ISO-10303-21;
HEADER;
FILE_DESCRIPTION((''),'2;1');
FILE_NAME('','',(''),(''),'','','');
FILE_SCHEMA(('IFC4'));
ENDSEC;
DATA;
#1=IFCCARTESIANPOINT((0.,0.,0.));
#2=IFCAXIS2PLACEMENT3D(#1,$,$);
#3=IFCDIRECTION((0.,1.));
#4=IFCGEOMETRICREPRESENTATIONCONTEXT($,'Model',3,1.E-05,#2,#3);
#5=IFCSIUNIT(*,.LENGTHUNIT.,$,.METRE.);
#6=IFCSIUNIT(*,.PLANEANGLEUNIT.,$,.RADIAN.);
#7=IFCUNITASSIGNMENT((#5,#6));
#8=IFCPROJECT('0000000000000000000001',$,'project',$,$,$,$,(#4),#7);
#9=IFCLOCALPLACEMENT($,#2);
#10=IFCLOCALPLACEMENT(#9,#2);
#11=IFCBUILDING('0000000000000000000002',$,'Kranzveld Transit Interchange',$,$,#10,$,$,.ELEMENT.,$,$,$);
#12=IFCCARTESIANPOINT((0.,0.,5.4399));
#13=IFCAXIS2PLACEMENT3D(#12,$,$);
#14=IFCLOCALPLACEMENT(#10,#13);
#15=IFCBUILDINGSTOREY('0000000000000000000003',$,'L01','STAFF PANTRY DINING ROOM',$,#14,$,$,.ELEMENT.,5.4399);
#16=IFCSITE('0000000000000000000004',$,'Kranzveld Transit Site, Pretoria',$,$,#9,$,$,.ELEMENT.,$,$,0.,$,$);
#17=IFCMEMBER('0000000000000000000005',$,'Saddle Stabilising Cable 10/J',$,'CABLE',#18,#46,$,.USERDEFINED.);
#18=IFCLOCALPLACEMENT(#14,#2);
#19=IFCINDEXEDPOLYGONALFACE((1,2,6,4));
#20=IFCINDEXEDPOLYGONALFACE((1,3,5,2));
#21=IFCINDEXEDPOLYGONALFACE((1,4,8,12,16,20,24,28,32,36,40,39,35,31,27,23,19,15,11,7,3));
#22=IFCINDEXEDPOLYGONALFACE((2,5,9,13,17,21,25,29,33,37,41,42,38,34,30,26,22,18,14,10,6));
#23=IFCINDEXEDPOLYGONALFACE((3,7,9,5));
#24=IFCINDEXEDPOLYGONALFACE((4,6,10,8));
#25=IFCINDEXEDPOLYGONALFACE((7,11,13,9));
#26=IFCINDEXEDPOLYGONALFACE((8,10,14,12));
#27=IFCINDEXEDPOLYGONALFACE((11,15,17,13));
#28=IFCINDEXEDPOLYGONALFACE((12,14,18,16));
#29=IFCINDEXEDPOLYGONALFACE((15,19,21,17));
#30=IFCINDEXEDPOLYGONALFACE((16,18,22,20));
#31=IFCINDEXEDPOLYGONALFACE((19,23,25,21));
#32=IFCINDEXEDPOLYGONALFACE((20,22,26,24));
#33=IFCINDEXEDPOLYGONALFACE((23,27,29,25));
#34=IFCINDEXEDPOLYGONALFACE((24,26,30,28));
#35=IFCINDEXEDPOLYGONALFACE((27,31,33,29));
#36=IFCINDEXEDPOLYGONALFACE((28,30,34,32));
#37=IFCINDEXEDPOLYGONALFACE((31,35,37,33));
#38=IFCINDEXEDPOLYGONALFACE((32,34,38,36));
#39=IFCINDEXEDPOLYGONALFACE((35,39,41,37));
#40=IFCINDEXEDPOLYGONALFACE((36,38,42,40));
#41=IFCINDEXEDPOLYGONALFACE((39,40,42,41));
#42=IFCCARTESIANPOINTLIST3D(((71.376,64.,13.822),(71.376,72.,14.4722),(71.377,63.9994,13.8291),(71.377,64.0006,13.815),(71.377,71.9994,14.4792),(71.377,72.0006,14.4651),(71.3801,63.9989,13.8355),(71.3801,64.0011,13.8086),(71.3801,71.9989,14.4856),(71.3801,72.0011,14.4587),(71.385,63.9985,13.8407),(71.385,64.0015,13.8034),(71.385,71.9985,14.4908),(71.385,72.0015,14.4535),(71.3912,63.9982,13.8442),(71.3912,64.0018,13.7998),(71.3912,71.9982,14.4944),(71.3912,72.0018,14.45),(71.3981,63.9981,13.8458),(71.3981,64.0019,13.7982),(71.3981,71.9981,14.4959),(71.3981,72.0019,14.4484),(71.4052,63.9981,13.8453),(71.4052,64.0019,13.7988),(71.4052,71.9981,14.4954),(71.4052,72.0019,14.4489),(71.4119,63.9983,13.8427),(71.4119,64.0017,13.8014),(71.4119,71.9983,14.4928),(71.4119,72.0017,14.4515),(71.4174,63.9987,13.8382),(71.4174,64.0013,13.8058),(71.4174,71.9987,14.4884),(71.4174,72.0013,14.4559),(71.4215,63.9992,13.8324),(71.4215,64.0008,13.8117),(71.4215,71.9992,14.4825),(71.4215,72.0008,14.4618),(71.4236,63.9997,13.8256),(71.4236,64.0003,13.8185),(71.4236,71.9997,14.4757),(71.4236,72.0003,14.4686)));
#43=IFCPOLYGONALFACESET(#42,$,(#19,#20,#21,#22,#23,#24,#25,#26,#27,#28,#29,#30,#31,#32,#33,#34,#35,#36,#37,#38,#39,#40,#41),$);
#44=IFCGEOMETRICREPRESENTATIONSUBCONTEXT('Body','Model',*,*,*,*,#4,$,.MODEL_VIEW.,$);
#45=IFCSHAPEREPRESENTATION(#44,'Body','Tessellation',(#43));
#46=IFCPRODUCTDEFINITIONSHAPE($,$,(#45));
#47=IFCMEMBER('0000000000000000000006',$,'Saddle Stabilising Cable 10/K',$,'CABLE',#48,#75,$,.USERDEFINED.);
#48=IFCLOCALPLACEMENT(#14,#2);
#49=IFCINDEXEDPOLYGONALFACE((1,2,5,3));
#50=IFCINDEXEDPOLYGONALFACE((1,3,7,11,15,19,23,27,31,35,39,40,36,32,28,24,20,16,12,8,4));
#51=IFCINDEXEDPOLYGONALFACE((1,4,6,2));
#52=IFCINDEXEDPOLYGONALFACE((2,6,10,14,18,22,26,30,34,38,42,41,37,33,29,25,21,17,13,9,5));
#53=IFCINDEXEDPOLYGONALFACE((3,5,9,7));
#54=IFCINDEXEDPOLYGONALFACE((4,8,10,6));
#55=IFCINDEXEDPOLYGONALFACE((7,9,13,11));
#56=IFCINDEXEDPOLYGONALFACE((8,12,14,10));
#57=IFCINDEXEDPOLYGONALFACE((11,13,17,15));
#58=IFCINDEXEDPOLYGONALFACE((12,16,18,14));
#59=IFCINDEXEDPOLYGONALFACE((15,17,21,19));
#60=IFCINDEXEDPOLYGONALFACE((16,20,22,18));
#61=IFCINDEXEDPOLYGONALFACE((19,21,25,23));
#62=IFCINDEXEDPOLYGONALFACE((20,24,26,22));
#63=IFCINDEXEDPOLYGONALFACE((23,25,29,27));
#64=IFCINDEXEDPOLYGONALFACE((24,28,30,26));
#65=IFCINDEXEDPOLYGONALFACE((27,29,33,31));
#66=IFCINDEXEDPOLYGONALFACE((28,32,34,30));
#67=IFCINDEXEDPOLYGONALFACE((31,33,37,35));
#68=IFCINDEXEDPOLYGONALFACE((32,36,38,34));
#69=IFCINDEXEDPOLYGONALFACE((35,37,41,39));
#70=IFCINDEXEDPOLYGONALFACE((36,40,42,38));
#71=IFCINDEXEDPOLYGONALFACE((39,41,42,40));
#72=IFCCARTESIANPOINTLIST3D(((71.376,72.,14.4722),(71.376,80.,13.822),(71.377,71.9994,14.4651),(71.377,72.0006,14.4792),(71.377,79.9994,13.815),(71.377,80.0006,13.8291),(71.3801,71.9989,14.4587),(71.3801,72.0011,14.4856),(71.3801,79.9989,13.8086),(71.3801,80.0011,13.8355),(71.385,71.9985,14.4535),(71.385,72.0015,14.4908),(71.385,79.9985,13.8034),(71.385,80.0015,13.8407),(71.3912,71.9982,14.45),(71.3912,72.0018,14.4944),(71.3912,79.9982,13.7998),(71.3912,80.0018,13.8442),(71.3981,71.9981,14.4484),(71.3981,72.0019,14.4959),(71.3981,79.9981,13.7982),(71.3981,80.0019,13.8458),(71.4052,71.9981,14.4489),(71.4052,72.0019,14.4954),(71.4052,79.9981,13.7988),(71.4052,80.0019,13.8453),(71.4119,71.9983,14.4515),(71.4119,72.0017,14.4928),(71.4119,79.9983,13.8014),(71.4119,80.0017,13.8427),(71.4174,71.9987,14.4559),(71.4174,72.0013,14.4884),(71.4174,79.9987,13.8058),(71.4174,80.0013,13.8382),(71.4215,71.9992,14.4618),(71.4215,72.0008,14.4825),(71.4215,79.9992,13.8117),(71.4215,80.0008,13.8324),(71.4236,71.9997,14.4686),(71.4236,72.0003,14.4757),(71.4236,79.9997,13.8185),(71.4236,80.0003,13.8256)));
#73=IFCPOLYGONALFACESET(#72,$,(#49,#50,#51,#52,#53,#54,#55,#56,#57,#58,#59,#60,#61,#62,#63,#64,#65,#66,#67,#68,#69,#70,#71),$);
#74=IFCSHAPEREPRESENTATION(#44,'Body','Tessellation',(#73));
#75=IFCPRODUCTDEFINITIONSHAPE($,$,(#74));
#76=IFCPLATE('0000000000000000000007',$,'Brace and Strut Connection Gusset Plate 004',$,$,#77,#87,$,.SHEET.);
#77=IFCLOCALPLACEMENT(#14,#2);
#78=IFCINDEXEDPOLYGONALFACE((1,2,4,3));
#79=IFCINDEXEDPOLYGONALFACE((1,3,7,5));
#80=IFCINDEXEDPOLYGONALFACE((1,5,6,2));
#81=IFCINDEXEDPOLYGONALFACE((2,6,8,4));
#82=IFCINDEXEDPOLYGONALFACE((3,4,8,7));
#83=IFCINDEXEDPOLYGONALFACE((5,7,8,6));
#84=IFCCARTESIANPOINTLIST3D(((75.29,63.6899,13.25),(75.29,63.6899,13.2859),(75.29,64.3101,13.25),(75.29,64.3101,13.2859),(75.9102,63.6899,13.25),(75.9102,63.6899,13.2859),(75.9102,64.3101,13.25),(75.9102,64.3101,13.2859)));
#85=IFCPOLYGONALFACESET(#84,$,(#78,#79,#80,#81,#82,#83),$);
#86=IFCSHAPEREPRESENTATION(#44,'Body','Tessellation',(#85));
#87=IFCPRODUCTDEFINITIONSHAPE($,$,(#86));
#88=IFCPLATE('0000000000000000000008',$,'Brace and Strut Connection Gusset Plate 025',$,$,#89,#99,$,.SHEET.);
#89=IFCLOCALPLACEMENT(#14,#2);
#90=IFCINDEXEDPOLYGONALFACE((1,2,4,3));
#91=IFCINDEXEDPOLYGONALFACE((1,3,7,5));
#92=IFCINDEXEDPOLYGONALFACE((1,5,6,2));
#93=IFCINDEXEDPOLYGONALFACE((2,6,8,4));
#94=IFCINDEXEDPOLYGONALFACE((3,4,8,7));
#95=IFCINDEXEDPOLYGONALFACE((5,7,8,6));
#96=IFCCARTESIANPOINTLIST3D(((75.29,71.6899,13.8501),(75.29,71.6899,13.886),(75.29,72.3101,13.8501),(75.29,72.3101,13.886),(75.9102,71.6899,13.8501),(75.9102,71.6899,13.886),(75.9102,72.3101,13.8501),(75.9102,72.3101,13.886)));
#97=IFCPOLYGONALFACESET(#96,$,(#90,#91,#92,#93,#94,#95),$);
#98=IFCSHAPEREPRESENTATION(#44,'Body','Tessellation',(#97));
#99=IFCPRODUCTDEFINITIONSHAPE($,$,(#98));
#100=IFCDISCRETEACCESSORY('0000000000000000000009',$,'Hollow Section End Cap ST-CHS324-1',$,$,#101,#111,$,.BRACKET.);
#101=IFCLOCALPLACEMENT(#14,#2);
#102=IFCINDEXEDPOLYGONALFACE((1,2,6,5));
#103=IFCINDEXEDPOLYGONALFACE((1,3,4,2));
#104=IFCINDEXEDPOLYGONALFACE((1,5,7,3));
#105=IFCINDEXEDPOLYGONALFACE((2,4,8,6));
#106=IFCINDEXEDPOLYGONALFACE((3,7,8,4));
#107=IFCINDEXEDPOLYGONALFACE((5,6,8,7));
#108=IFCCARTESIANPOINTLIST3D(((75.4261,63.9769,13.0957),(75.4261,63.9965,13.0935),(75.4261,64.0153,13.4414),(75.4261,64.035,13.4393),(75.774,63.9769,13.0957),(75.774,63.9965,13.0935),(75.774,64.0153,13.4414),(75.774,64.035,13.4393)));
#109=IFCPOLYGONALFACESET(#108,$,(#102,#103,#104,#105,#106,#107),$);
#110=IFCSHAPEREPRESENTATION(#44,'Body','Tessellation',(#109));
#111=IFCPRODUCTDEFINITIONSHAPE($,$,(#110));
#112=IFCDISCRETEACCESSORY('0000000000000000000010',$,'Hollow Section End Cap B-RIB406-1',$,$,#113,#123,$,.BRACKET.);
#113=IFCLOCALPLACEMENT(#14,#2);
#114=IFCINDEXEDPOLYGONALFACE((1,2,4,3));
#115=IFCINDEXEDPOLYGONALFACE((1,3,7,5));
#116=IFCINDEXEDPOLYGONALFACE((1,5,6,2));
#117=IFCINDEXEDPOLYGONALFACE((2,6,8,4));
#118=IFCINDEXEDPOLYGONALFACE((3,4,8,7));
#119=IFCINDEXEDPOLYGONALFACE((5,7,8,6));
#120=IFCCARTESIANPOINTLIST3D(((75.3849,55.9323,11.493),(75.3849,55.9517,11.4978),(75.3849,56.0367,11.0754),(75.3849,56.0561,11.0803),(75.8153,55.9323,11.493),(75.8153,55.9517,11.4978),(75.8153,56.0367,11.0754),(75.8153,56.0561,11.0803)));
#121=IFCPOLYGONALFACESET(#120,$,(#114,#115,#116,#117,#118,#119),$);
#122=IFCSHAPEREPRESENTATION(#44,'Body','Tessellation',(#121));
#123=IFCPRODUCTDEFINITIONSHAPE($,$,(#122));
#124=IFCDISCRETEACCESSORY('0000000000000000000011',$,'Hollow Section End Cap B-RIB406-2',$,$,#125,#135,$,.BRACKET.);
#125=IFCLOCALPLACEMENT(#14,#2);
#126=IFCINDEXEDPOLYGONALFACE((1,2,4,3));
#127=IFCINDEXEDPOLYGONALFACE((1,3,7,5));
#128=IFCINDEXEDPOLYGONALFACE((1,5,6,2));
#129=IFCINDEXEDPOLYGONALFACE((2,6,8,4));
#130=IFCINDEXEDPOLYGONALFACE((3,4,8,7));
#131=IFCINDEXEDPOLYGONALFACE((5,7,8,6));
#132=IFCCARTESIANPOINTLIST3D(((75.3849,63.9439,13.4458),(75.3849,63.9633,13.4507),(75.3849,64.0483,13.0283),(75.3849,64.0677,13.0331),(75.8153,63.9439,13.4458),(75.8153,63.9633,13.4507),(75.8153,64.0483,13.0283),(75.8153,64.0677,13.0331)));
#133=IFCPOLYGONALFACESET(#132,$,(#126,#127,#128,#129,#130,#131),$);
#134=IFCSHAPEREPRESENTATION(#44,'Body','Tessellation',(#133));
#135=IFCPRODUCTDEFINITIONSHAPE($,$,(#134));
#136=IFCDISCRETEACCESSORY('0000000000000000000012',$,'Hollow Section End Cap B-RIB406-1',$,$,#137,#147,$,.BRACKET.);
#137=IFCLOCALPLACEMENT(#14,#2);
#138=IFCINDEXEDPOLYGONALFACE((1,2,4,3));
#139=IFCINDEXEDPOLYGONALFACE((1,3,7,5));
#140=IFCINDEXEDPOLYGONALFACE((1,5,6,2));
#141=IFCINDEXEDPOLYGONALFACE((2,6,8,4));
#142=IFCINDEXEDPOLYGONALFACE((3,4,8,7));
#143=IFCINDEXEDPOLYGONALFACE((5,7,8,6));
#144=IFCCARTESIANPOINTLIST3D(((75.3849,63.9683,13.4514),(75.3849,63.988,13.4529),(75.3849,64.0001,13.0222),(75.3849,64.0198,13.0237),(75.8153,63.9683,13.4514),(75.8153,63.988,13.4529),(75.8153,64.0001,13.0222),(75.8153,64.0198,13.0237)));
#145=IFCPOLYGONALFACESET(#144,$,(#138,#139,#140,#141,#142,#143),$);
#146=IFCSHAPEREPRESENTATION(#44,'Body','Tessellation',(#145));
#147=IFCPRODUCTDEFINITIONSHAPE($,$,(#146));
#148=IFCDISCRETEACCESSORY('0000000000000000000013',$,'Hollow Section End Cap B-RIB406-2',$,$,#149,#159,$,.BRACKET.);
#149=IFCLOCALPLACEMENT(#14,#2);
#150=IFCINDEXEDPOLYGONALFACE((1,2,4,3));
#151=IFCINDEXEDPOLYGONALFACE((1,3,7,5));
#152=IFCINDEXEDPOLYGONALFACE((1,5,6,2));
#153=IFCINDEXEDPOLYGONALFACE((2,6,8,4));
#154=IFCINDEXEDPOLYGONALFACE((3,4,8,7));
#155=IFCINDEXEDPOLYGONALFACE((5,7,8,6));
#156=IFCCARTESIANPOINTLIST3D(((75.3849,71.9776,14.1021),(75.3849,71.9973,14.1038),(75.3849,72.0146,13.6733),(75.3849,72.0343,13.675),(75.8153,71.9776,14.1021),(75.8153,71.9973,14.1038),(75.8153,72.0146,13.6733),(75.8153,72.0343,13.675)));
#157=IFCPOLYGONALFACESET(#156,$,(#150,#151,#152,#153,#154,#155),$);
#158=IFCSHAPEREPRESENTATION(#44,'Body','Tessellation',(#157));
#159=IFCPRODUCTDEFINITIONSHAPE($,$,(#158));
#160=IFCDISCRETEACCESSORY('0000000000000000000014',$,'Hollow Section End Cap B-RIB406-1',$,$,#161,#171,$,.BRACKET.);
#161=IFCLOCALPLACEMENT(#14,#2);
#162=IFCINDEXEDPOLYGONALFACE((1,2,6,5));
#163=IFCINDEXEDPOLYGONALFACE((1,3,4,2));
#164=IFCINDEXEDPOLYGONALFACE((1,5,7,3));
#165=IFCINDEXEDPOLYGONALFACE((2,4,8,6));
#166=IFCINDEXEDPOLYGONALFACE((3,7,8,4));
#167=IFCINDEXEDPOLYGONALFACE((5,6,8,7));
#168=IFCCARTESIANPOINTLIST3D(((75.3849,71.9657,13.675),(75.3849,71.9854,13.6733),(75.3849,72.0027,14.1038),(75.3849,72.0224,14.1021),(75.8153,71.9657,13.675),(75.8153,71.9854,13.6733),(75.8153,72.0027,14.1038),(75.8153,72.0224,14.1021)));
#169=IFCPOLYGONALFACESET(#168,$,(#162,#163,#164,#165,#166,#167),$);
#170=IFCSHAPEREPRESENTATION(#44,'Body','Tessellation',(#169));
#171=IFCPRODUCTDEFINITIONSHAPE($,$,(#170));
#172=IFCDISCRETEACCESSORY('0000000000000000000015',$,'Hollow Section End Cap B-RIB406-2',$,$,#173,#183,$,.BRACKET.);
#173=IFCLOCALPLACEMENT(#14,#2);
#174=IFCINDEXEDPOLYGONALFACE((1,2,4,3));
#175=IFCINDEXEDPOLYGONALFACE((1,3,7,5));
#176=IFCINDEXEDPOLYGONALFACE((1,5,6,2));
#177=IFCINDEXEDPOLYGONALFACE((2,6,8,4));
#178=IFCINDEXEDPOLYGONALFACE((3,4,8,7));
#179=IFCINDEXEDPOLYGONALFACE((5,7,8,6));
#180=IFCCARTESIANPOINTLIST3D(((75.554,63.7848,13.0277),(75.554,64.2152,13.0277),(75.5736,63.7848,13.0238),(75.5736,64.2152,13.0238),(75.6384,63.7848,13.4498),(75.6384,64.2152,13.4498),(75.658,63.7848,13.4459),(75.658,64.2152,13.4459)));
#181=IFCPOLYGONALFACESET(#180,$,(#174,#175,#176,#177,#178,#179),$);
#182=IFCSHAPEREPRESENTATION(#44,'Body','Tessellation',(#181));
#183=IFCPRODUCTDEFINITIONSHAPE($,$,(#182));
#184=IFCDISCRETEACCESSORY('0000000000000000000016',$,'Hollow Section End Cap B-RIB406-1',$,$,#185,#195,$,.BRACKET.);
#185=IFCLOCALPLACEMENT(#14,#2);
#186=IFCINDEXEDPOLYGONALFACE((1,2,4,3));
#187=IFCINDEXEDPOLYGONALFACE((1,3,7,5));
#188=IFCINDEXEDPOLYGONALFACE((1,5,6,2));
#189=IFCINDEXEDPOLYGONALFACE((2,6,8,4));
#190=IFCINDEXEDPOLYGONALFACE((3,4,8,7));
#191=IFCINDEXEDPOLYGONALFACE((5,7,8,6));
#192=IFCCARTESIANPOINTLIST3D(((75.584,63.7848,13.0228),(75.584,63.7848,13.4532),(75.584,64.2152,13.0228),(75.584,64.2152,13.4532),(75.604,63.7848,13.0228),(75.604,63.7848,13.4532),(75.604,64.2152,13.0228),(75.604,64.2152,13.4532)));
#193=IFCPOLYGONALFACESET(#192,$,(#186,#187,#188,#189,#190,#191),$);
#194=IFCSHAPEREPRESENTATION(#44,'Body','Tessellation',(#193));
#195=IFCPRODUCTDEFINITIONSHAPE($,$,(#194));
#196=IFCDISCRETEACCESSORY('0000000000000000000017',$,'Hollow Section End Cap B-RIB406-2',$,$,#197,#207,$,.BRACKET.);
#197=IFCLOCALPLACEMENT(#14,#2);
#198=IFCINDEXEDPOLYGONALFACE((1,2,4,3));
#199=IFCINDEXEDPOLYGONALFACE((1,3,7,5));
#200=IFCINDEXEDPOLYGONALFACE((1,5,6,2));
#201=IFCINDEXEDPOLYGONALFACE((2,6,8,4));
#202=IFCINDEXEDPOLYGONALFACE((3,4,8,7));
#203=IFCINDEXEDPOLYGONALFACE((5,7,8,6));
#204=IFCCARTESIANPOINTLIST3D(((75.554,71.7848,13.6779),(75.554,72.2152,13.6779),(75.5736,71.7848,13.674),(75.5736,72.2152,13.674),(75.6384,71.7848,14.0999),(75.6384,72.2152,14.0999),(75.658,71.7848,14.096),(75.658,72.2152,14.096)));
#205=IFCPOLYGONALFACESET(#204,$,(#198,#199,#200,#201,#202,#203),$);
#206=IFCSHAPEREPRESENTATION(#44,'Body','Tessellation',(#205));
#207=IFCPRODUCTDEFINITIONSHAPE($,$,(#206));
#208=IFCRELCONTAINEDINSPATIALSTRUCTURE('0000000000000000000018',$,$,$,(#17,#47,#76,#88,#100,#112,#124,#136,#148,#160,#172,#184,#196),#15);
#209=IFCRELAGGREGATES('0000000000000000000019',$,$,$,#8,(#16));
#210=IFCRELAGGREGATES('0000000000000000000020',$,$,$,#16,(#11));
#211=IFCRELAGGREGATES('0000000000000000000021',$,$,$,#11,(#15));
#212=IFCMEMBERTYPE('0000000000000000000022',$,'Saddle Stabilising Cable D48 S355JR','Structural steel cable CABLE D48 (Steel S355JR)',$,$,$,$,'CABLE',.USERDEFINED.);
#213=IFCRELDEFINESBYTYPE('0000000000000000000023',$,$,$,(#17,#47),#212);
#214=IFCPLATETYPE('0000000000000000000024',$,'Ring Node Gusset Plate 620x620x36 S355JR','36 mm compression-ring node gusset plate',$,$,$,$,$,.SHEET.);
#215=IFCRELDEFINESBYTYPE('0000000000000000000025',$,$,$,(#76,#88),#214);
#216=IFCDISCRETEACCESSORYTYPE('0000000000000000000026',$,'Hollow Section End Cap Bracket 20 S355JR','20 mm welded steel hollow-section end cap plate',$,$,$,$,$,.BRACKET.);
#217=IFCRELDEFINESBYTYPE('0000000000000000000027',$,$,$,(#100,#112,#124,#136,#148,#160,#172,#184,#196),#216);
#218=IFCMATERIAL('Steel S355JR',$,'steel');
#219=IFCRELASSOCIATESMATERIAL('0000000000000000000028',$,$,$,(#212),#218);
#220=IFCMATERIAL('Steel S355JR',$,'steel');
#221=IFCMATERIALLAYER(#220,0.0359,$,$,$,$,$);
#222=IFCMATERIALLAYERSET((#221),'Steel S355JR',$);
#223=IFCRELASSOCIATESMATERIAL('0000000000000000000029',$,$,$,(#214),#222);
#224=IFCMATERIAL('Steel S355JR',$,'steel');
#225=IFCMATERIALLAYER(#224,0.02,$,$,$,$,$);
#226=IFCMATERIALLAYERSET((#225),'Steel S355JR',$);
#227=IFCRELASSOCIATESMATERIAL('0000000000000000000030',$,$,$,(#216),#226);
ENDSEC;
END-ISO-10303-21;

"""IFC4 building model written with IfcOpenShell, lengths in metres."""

from ifc_helpers import new_model, si_unit, direction, frame, origin, origin_2d, place, context, subcontext, project, spatial, rectangle, circle, extrude, material, layer, layer_set, material_profile, profile_set, type_object, element, save


model = new_model("IFC4")

# Units and contexts
model_context = context("Model", 3, precision=1e-05, world=origin(), true_north=direction((0.0, 1.0)))
body_context = subcontext(model_context, "Body", "Model", "MODEL_VIEW")
ifc_project = project(units=[si_unit("LENGTHUNIT", "METRE"), si_unit("PLANEANGLEUNIT", "RADIAN")], contexts=[model_context])

# Site, building, storey
site_placement = place(None, origin())
site = spatial("IfcSite", under=ifc_project, at=site_placement, Name="Kranzveld Transit Site, Pretoria", CompositionType="ELEMENT", RefElevation=0.0)
building_placement = place(site_placement, origin())
building = spatial("IfcBuilding", under=site, at=building_placement, Name="Kranzveld Transit Interchange", CompositionType="ELEMENT")
storey_placement = place(building_placement, frame((0.0, 0.0, 5.4399)))
storey = spatial("IfcBuildingStorey", under=building, at=storey_placement, Name="L01", Description="STAFF PANTRY DINING ROOM", CompositionType="ELEMENT", Elevation=5.4399)

# Members
ifc_material_1 = material(Name="Steel S355JR", Category="steel")
ifc_material_profile_1 = material_profile(ifc_material_1, circle(Radius=0.0239, at=origin_2d()), Name="CABLE D48")
ifc_profile_set_1 = profile_set([ifc_material_profile_1], Name="Steel S355JR")
member_type_1 = type_object("IfcMemberType", Name="Saddle Stabilising Cable D48 S355JR", Description="Structural steel cable CABLE D48 (Steel S355JR)", ElementType="CABLE", PredefinedType="USERDEFINED", material=ifc_profile_set_1)
for number, where, z_axis, x_axis, name in (
    (1, (71.3999, 64.0, 13.822), (0.0, 0.996714, 0.081001), (-1.0, 0.0, 0.0), "Saddle Stabilising Cable 10/J"),
    (2, (71.3999, 72.0, 14.4722), (0.0, 0.996714, -0.081001), (-1.0, 0.0, 0.0), "Saddle Stabilising Cable 10/K"),
):
    element("IfcMember", number, at=place(storey_placement, frame(where, z_axis=z_axis, x_axis=x_axis)), inside=storey, type_object=member_type_1, Name=name, ObjectType="CABLE", PredefinedType="USERDEFINED", context=body_context, shape_type="SweptSolid", body=[
        extrude(circle(Radius=0.0239, at=origin_2d()), origin(), (0.0, 0.0, 1.0), 8.0264),
    ])

# Plates
ifc_material_2 = material(Name="Steel S355JR", Category="steel")
ifc_layer_1 = layer(ifc_material_2, 0.0359)
ifc_layer_set_1 = layer_set([ifc_layer_1], Name="Steel S355JR")
plate_type = type_object("IfcPlateType", Name="Ring Node Gusset Plate 620x620x36 S355JR", Description="36 mm compression-ring node gusset plate", PredefinedType="SHEET", material=ifc_layer_set_1)
for number, where, z_axis, x_axis, name in (
    (3, (75.6001, 64.0, 13.25), (0.0, 0.0, 1.0), (1.0, 0.0, 0.0), "Brace and Strut Connection Gusset Plate 004"),
    (4, (75.6001, 72.0, 13.8501), (0.0, 0.0, 1.0), (1.0, 0.0, 0.0), "Brace and Strut Connection Gusset Plate 025"),
):
    element("IfcPlate", number, at=place(storey_placement, frame(where, z_axis=z_axis, x_axis=x_axis)), inside=storey, type_object=plate_type, Name=name, PredefinedType="SHEET", context=body_context, shape_type="SweptSolid", body=[
        extrude(rectangle(XDim=0.6201, YDim=0.6201, at=origin_2d()), origin(), (0.0, 0.0, 1.0), 0.0359),
    ])

# Discrete accessories
ifc_material_3 = material(Name="Steel S355JR", Category="steel")
ifc_layer_2 = layer(ifc_material_3, 0.02)
ifc_layer_set_2 = layer_set([ifc_layer_2], Name="Steel S355JR")
discrete_accessory_type = type_object("IfcDiscreteAccessoryType", Name="Hollow Section End Cap Bracket 20 S355JR", Description="20 mm welded steel hollow-section end cap plate", PredefinedType="BRACKET", material=ifc_layer_set_2)
discrete_accessory_1_placement = place(storey_placement, frame((75.6001, 63.9961, 13.2686), z_axis=(0.0, 0.993884, -0.110432), x_axis=(-1.0, 0.0, 0.0)))
element("IfcDiscreteAccessory", 5, at=discrete_accessory_1_placement, inside=storey, type_object=discrete_accessory_type, Name="Hollow Section End Cap ST-CHS324-1", PredefinedType="BRACKET", context=body_context, shape_type="SweptSolid", body=[
    extrude(rectangle(XDim=0.3479, YDim=0.3479, at=origin_2d()), origin(), (0.0, 0.0, 1.0), 0.0198),
])
for number, where, z_axis, x_axis, name in (
    (6, (75.6001, 56.0039, 11.2891), (0.0, -0.970143, -0.242536), (1.0, 0.0, 0.0), "Hollow Section End Cap B-RIB406-1"),
    (7, (75.6001, 63.9961, 13.2371), (0.0, 0.970143, 0.242536), (-1.0, 0.0, 0.0), "Hollow Section End Cap B-RIB406-2"),
):
    element("IfcDiscreteAccessory", number, at=place(storey_placement, frame(where, z_axis=z_axis, x_axis=x_axis)), inside=storey, type_object=discrete_accessory_type, Name=name, PredefinedType="BRACKET", context=body_context, shape_type="SweptSolid", body=[
        extrude(rectangle(XDim=0.4304, YDim=0.4304, at=origin_2d()), origin(), (0.0, 0.0, 1.0), 0.02),
    ])
for number, where, z_axis, x_axis, name in (
    (8, (75.6001, 64.0039, 13.2383), (0.0, -0.997268, -0.073872), (1.0, 0.0, 0.0), "Hollow Section End Cap B-RIB406-1"),
    (9, (75.6001, 71.9961, 13.8877), (0.0, 0.996287, 0.086099), (-1.0, 0.0, 0.0), "Hollow Section End Cap B-RIB406-2"),
    (10, (75.6001, 72.0039, 13.8877), (0.0, -0.996287, 0.086099), (1.0, 0.0, 0.0), "Hollow Section End Cap B-RIB406-1"),
):
    element("IfcDiscreteAccessory", number, at=place(storey_placement, frame(where, z_axis=z_axis, x_axis=x_axis)), inside=storey, type_object=discrete_accessory_type, Name=name, PredefinedType="BRACKET", context=body_context, shape_type="SweptSolid", body=[
        extrude(rectangle(XDim=0.4304, YDim=0.4304, at=origin_2d()), origin(), (0.0, 0.0, 1.0), 0.0198),
    ])
for number, where, z_axis, x_axis, name in (
    (11, (75.5962, 64.0, 13.2388), (0.980581, 0.0, -0.196116), (0.0, 1.0, 0.0), "Hollow Section End Cap B-RIB406-2"),
    (12, (75.604, 64.0, 13.238), (-1.0, 0.0, 0.0), (0.0, -1.0, 0.0), "Hollow Section End Cap B-RIB406-1"),
    (13, (75.5962, 72.0, 13.8889), (0.980581, 0.0, -0.196116), (0.0, 1.0, 0.0), "Hollow Section End Cap B-RIB406-2"),
):
    element("IfcDiscreteAccessory", number, at=place(storey_placement, frame(where, z_axis=z_axis, x_axis=x_axis)), inside=storey, type_object=discrete_accessory_type, Name=name, PredefinedType="BRACKET", context=body_context, shape_type="SweptSolid", body=[
        extrude(rectangle(XDim=0.4304, YDim=0.4304, at=origin_2d()), origin(), (0.0, 0.0, 1.0), 0.02),
    ])

save(model, "model.ifc")
